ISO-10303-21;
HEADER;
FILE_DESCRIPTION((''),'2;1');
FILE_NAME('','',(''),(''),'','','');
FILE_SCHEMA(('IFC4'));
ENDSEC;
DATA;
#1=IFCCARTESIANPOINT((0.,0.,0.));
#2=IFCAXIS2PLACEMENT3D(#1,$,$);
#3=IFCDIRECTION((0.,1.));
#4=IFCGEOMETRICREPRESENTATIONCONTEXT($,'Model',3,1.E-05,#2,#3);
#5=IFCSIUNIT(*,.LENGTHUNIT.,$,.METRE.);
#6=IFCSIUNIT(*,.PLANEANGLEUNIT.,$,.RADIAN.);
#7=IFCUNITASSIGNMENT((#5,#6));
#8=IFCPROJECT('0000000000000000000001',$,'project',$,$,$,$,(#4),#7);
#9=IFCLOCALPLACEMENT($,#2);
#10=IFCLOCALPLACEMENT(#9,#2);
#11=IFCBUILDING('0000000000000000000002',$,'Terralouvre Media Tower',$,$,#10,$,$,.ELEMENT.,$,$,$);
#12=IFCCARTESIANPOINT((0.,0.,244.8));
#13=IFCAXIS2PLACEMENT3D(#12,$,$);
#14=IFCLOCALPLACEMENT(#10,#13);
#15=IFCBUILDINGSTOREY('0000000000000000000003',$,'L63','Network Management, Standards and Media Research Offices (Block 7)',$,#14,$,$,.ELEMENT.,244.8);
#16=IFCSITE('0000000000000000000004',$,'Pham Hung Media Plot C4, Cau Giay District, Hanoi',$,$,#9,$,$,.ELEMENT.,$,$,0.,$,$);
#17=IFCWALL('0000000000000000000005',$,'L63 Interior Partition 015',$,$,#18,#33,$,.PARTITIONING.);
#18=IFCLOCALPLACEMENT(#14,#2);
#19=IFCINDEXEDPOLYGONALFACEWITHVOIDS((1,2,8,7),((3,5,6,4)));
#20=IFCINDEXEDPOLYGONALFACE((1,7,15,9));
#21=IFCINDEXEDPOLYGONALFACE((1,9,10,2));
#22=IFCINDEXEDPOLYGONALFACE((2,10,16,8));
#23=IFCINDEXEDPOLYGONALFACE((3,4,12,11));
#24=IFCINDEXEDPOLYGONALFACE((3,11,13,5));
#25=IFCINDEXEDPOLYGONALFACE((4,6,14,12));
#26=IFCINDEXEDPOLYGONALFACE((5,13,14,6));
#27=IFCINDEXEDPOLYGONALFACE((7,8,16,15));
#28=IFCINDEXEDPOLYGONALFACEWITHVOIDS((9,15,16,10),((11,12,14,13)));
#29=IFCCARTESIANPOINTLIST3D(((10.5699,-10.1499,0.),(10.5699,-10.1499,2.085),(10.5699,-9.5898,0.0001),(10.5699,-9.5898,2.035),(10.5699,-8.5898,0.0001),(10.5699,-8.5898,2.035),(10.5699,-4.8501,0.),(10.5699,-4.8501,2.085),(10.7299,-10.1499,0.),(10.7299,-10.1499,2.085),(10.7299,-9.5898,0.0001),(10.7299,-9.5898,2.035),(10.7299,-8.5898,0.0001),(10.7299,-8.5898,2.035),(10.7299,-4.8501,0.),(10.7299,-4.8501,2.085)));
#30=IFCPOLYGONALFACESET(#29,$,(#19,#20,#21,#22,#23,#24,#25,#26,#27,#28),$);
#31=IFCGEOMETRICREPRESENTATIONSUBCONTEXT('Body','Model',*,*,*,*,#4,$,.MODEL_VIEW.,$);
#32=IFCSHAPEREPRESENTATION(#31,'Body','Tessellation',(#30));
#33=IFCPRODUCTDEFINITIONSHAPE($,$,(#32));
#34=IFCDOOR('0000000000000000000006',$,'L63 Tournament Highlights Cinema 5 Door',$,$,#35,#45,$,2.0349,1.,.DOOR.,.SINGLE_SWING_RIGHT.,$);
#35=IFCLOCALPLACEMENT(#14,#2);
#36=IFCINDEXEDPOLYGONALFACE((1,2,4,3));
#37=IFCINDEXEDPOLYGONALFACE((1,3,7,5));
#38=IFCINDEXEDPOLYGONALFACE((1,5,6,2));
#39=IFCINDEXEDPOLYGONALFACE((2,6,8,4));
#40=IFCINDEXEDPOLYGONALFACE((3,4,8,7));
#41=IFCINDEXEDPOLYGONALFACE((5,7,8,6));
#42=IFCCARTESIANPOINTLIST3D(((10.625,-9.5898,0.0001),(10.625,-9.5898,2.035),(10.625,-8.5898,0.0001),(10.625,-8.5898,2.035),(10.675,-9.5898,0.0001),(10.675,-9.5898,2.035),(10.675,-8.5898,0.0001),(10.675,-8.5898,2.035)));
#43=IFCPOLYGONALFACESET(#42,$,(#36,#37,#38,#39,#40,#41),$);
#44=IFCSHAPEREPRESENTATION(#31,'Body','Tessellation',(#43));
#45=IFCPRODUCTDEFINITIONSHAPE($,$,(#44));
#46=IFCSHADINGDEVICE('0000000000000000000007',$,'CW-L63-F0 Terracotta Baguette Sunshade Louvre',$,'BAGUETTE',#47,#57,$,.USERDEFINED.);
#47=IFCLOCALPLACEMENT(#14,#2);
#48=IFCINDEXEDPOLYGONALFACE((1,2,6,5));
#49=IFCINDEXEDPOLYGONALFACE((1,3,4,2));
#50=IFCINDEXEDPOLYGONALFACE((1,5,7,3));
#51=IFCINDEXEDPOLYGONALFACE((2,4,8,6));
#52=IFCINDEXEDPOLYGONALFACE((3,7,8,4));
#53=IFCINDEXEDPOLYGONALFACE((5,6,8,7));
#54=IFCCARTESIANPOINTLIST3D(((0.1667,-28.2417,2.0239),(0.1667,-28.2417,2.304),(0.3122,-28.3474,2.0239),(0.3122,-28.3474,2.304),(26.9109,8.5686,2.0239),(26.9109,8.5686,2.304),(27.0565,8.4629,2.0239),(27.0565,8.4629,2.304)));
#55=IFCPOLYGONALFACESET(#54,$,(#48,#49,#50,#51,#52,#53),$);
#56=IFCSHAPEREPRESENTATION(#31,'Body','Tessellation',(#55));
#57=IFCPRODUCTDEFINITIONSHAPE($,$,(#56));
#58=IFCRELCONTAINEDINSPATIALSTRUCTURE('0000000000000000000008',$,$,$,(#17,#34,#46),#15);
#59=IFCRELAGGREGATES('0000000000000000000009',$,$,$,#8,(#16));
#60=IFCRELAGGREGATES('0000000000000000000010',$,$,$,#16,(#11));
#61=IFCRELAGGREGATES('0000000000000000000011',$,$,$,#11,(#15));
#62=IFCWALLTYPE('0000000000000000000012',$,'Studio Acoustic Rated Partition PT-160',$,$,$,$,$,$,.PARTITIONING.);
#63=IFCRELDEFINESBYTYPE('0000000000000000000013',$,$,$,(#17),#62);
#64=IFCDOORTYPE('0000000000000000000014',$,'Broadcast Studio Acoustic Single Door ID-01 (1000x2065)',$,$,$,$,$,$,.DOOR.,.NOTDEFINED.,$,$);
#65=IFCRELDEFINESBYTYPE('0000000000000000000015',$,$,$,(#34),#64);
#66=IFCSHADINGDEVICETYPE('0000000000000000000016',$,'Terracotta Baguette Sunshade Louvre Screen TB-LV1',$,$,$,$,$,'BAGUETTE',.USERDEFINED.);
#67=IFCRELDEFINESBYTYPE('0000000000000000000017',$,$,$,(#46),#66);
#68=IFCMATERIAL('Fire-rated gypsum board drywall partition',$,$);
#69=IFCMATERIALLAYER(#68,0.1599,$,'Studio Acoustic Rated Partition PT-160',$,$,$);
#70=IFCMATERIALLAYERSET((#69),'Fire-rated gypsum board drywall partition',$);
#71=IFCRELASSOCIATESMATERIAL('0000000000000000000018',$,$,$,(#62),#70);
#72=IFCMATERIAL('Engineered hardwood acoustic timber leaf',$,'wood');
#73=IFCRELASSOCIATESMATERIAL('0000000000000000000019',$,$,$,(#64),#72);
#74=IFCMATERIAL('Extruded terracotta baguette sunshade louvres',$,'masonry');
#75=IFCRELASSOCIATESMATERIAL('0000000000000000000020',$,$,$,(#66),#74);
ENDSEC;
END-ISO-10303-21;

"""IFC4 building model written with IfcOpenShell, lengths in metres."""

from ifc_helpers import new_model, si_unit, direction, frame, frame_2d, origin, origin_2d, place, context, subcontext, project, spatial, rectangle, extrude, material, layer, layer_set, type_object, element, fill, save


model = new_model("IFC4")

# Units and contexts
model_context = context("Model", 3, precision=1e-05, world=origin(), true_north=direction((0.0, 1.0)))
body_context = subcontext(model_context, "Body", "Model", "MODEL_VIEW")
ifc_project = project(units=[si_unit("LENGTHUNIT", "METRE"), si_unit("PLANEANGLEUNIT", "RADIAN")], contexts=[model_context])

# Site, building, storey
site_placement = place(None, origin())
site = spatial("IfcSite", under=ifc_project, at=site_placement, Name="Pham Hung Media Plot C4, Cau Giay District, Hanoi", CompositionType="ELEMENT", RefElevation=0.0)
building_placement = place(site_placement, origin())
building = spatial("IfcBuilding", under=site, at=building_placement, Name="Terralouvre Media Tower", CompositionType="ELEMENT")
storey_placement = place(building_placement, frame((0.0, 0.0, 244.8)))
storey = spatial("IfcBuildingStorey", under=building, at=storey_placement, Name="L63", Description="Network Management, Standards and Media Research Offices (Block 7)", CompositionType="ELEMENT", Elevation=244.8)

# Shared definitions
ifc_material_1 = material(Name="Fire-rated gypsum board drywall partition")
ifc_layer_1 = layer(ifc_material_1, 0.1599, Name="Studio Acoustic Rated Partition PT-160")
ifc_layer_set_1 = layer_set([ifc_layer_1], Name="Fire-rated gypsum board drywall partition")
wall_type = type_object("IfcWallType", Name="Studio Acoustic Rated Partition PT-160", PredefinedType="PARTITIONING", material=ifc_layer_set_1)

# Wall, opening, door
wall_1_placement = place(storey_placement, frame((10.6499, -10.1499, 0.0), z_axis=(0.0, 0.0, 1.0), x_axis=(0.0, 1.0, 0.0)))
wall_1 = element("IfcWall", 1, at=wall_1_placement, inside=storey, type_object=wall_type, Name="L63 Interior Partition 015", PredefinedType="PARTITIONING", context=body_context, shape_type="SweptSolid", body=[
    extrude(rectangle(XDim=5.2998, YDim=0.1599, at=frame_2d((2.6499, 0.0))), origin(), (0.0, 0.0, 1.0), 2.085),
])
opening_placement = place(wall_1_placement, frame((0.5601, 0.0, 0.0)))
opening = element("IfcOpeningElement", 2, at=opening_placement, cuts=wall_1, PredefinedType="OPENING", context=body_context, shape_type="SweptSolid", body=[
    extrude(rectangle(XDim=1.0, YDim=2.0349, at=frame_2d((0.5, 1.0176))), frame((0.0, 0.0898, 0.0), z_axis=(0.0, -1.0, 0.0), x_axis=(1.0, 0.0, 0.0)), (0.0, 0.0, 1.0), 0.1799),
])
ifc_material_2 = material(Name="Engineered hardwood acoustic timber leaf", Category="wood")
door_type = type_object("IfcDoorType", Name="Broadcast Studio Acoustic Single Door ID-01 (1000x2065)", OperationType="NOTDEFINED", PredefinedType="DOOR", material=ifc_material_2)
door_placement = place(opening_placement, origin())
door = element("IfcDoor", 3, at=door_placement, inside=storey, type_object=door_type, Name="L63 Tournament Highlights Cinema 5 Door", OperationType="SINGLE_SWING_RIGHT", OverallHeight=2.0349, OverallWidth=1.0, PredefinedType="DOOR", context=body_context, shape_type="SweptSolid", body=[
    extrude(rectangle(XDim=1.0, YDim=2.0349, at=frame_2d((0.5, 1.0176))), frame((0.0, 0.0249, 0.0), z_axis=(0.0, -1.0, 0.0), x_axis=(1.0, 0.0, 0.0)), (0.0, 0.0, 1.0), 0.05),
])
fill(opening, door)

# Shading device
ifc_material_3 = material(Name="Extruded terracotta baguette sunshade louvres", Category="masonry")
shading_device_type = type_object("IfcShadingDeviceType", Name="Terracotta Baguette Sunshade Louvre Screen TB-LV1", ElementType="BAGUETTE", PredefinedType="USERDEFINED", material=ifc_material_3)
shading_device_placement = place(storey_placement, frame((13.6116, -9.8894, 2.0239), z_axis=(0.0, 0.0, 1.0), x_axis=(0.587785, 0.809017, 0.0)))
element("IfcShadingDevice", 4, at=shading_device_placement, inside=storey, type_object=shading_device_type, Name="CW-L63-F0 Terracotta Baguette Sunshade Louvre", ObjectType="BAGUETTE", PredefinedType="USERDEFINED", context=body_context, shape_type="SweptSolid", body=[
    extrude(rectangle(XDim=45.5, YDim=0.1799, at=origin_2d()), origin(), (0.0, 0.0, 1.0), 0.28),
])

save(model, "model.ifc")
